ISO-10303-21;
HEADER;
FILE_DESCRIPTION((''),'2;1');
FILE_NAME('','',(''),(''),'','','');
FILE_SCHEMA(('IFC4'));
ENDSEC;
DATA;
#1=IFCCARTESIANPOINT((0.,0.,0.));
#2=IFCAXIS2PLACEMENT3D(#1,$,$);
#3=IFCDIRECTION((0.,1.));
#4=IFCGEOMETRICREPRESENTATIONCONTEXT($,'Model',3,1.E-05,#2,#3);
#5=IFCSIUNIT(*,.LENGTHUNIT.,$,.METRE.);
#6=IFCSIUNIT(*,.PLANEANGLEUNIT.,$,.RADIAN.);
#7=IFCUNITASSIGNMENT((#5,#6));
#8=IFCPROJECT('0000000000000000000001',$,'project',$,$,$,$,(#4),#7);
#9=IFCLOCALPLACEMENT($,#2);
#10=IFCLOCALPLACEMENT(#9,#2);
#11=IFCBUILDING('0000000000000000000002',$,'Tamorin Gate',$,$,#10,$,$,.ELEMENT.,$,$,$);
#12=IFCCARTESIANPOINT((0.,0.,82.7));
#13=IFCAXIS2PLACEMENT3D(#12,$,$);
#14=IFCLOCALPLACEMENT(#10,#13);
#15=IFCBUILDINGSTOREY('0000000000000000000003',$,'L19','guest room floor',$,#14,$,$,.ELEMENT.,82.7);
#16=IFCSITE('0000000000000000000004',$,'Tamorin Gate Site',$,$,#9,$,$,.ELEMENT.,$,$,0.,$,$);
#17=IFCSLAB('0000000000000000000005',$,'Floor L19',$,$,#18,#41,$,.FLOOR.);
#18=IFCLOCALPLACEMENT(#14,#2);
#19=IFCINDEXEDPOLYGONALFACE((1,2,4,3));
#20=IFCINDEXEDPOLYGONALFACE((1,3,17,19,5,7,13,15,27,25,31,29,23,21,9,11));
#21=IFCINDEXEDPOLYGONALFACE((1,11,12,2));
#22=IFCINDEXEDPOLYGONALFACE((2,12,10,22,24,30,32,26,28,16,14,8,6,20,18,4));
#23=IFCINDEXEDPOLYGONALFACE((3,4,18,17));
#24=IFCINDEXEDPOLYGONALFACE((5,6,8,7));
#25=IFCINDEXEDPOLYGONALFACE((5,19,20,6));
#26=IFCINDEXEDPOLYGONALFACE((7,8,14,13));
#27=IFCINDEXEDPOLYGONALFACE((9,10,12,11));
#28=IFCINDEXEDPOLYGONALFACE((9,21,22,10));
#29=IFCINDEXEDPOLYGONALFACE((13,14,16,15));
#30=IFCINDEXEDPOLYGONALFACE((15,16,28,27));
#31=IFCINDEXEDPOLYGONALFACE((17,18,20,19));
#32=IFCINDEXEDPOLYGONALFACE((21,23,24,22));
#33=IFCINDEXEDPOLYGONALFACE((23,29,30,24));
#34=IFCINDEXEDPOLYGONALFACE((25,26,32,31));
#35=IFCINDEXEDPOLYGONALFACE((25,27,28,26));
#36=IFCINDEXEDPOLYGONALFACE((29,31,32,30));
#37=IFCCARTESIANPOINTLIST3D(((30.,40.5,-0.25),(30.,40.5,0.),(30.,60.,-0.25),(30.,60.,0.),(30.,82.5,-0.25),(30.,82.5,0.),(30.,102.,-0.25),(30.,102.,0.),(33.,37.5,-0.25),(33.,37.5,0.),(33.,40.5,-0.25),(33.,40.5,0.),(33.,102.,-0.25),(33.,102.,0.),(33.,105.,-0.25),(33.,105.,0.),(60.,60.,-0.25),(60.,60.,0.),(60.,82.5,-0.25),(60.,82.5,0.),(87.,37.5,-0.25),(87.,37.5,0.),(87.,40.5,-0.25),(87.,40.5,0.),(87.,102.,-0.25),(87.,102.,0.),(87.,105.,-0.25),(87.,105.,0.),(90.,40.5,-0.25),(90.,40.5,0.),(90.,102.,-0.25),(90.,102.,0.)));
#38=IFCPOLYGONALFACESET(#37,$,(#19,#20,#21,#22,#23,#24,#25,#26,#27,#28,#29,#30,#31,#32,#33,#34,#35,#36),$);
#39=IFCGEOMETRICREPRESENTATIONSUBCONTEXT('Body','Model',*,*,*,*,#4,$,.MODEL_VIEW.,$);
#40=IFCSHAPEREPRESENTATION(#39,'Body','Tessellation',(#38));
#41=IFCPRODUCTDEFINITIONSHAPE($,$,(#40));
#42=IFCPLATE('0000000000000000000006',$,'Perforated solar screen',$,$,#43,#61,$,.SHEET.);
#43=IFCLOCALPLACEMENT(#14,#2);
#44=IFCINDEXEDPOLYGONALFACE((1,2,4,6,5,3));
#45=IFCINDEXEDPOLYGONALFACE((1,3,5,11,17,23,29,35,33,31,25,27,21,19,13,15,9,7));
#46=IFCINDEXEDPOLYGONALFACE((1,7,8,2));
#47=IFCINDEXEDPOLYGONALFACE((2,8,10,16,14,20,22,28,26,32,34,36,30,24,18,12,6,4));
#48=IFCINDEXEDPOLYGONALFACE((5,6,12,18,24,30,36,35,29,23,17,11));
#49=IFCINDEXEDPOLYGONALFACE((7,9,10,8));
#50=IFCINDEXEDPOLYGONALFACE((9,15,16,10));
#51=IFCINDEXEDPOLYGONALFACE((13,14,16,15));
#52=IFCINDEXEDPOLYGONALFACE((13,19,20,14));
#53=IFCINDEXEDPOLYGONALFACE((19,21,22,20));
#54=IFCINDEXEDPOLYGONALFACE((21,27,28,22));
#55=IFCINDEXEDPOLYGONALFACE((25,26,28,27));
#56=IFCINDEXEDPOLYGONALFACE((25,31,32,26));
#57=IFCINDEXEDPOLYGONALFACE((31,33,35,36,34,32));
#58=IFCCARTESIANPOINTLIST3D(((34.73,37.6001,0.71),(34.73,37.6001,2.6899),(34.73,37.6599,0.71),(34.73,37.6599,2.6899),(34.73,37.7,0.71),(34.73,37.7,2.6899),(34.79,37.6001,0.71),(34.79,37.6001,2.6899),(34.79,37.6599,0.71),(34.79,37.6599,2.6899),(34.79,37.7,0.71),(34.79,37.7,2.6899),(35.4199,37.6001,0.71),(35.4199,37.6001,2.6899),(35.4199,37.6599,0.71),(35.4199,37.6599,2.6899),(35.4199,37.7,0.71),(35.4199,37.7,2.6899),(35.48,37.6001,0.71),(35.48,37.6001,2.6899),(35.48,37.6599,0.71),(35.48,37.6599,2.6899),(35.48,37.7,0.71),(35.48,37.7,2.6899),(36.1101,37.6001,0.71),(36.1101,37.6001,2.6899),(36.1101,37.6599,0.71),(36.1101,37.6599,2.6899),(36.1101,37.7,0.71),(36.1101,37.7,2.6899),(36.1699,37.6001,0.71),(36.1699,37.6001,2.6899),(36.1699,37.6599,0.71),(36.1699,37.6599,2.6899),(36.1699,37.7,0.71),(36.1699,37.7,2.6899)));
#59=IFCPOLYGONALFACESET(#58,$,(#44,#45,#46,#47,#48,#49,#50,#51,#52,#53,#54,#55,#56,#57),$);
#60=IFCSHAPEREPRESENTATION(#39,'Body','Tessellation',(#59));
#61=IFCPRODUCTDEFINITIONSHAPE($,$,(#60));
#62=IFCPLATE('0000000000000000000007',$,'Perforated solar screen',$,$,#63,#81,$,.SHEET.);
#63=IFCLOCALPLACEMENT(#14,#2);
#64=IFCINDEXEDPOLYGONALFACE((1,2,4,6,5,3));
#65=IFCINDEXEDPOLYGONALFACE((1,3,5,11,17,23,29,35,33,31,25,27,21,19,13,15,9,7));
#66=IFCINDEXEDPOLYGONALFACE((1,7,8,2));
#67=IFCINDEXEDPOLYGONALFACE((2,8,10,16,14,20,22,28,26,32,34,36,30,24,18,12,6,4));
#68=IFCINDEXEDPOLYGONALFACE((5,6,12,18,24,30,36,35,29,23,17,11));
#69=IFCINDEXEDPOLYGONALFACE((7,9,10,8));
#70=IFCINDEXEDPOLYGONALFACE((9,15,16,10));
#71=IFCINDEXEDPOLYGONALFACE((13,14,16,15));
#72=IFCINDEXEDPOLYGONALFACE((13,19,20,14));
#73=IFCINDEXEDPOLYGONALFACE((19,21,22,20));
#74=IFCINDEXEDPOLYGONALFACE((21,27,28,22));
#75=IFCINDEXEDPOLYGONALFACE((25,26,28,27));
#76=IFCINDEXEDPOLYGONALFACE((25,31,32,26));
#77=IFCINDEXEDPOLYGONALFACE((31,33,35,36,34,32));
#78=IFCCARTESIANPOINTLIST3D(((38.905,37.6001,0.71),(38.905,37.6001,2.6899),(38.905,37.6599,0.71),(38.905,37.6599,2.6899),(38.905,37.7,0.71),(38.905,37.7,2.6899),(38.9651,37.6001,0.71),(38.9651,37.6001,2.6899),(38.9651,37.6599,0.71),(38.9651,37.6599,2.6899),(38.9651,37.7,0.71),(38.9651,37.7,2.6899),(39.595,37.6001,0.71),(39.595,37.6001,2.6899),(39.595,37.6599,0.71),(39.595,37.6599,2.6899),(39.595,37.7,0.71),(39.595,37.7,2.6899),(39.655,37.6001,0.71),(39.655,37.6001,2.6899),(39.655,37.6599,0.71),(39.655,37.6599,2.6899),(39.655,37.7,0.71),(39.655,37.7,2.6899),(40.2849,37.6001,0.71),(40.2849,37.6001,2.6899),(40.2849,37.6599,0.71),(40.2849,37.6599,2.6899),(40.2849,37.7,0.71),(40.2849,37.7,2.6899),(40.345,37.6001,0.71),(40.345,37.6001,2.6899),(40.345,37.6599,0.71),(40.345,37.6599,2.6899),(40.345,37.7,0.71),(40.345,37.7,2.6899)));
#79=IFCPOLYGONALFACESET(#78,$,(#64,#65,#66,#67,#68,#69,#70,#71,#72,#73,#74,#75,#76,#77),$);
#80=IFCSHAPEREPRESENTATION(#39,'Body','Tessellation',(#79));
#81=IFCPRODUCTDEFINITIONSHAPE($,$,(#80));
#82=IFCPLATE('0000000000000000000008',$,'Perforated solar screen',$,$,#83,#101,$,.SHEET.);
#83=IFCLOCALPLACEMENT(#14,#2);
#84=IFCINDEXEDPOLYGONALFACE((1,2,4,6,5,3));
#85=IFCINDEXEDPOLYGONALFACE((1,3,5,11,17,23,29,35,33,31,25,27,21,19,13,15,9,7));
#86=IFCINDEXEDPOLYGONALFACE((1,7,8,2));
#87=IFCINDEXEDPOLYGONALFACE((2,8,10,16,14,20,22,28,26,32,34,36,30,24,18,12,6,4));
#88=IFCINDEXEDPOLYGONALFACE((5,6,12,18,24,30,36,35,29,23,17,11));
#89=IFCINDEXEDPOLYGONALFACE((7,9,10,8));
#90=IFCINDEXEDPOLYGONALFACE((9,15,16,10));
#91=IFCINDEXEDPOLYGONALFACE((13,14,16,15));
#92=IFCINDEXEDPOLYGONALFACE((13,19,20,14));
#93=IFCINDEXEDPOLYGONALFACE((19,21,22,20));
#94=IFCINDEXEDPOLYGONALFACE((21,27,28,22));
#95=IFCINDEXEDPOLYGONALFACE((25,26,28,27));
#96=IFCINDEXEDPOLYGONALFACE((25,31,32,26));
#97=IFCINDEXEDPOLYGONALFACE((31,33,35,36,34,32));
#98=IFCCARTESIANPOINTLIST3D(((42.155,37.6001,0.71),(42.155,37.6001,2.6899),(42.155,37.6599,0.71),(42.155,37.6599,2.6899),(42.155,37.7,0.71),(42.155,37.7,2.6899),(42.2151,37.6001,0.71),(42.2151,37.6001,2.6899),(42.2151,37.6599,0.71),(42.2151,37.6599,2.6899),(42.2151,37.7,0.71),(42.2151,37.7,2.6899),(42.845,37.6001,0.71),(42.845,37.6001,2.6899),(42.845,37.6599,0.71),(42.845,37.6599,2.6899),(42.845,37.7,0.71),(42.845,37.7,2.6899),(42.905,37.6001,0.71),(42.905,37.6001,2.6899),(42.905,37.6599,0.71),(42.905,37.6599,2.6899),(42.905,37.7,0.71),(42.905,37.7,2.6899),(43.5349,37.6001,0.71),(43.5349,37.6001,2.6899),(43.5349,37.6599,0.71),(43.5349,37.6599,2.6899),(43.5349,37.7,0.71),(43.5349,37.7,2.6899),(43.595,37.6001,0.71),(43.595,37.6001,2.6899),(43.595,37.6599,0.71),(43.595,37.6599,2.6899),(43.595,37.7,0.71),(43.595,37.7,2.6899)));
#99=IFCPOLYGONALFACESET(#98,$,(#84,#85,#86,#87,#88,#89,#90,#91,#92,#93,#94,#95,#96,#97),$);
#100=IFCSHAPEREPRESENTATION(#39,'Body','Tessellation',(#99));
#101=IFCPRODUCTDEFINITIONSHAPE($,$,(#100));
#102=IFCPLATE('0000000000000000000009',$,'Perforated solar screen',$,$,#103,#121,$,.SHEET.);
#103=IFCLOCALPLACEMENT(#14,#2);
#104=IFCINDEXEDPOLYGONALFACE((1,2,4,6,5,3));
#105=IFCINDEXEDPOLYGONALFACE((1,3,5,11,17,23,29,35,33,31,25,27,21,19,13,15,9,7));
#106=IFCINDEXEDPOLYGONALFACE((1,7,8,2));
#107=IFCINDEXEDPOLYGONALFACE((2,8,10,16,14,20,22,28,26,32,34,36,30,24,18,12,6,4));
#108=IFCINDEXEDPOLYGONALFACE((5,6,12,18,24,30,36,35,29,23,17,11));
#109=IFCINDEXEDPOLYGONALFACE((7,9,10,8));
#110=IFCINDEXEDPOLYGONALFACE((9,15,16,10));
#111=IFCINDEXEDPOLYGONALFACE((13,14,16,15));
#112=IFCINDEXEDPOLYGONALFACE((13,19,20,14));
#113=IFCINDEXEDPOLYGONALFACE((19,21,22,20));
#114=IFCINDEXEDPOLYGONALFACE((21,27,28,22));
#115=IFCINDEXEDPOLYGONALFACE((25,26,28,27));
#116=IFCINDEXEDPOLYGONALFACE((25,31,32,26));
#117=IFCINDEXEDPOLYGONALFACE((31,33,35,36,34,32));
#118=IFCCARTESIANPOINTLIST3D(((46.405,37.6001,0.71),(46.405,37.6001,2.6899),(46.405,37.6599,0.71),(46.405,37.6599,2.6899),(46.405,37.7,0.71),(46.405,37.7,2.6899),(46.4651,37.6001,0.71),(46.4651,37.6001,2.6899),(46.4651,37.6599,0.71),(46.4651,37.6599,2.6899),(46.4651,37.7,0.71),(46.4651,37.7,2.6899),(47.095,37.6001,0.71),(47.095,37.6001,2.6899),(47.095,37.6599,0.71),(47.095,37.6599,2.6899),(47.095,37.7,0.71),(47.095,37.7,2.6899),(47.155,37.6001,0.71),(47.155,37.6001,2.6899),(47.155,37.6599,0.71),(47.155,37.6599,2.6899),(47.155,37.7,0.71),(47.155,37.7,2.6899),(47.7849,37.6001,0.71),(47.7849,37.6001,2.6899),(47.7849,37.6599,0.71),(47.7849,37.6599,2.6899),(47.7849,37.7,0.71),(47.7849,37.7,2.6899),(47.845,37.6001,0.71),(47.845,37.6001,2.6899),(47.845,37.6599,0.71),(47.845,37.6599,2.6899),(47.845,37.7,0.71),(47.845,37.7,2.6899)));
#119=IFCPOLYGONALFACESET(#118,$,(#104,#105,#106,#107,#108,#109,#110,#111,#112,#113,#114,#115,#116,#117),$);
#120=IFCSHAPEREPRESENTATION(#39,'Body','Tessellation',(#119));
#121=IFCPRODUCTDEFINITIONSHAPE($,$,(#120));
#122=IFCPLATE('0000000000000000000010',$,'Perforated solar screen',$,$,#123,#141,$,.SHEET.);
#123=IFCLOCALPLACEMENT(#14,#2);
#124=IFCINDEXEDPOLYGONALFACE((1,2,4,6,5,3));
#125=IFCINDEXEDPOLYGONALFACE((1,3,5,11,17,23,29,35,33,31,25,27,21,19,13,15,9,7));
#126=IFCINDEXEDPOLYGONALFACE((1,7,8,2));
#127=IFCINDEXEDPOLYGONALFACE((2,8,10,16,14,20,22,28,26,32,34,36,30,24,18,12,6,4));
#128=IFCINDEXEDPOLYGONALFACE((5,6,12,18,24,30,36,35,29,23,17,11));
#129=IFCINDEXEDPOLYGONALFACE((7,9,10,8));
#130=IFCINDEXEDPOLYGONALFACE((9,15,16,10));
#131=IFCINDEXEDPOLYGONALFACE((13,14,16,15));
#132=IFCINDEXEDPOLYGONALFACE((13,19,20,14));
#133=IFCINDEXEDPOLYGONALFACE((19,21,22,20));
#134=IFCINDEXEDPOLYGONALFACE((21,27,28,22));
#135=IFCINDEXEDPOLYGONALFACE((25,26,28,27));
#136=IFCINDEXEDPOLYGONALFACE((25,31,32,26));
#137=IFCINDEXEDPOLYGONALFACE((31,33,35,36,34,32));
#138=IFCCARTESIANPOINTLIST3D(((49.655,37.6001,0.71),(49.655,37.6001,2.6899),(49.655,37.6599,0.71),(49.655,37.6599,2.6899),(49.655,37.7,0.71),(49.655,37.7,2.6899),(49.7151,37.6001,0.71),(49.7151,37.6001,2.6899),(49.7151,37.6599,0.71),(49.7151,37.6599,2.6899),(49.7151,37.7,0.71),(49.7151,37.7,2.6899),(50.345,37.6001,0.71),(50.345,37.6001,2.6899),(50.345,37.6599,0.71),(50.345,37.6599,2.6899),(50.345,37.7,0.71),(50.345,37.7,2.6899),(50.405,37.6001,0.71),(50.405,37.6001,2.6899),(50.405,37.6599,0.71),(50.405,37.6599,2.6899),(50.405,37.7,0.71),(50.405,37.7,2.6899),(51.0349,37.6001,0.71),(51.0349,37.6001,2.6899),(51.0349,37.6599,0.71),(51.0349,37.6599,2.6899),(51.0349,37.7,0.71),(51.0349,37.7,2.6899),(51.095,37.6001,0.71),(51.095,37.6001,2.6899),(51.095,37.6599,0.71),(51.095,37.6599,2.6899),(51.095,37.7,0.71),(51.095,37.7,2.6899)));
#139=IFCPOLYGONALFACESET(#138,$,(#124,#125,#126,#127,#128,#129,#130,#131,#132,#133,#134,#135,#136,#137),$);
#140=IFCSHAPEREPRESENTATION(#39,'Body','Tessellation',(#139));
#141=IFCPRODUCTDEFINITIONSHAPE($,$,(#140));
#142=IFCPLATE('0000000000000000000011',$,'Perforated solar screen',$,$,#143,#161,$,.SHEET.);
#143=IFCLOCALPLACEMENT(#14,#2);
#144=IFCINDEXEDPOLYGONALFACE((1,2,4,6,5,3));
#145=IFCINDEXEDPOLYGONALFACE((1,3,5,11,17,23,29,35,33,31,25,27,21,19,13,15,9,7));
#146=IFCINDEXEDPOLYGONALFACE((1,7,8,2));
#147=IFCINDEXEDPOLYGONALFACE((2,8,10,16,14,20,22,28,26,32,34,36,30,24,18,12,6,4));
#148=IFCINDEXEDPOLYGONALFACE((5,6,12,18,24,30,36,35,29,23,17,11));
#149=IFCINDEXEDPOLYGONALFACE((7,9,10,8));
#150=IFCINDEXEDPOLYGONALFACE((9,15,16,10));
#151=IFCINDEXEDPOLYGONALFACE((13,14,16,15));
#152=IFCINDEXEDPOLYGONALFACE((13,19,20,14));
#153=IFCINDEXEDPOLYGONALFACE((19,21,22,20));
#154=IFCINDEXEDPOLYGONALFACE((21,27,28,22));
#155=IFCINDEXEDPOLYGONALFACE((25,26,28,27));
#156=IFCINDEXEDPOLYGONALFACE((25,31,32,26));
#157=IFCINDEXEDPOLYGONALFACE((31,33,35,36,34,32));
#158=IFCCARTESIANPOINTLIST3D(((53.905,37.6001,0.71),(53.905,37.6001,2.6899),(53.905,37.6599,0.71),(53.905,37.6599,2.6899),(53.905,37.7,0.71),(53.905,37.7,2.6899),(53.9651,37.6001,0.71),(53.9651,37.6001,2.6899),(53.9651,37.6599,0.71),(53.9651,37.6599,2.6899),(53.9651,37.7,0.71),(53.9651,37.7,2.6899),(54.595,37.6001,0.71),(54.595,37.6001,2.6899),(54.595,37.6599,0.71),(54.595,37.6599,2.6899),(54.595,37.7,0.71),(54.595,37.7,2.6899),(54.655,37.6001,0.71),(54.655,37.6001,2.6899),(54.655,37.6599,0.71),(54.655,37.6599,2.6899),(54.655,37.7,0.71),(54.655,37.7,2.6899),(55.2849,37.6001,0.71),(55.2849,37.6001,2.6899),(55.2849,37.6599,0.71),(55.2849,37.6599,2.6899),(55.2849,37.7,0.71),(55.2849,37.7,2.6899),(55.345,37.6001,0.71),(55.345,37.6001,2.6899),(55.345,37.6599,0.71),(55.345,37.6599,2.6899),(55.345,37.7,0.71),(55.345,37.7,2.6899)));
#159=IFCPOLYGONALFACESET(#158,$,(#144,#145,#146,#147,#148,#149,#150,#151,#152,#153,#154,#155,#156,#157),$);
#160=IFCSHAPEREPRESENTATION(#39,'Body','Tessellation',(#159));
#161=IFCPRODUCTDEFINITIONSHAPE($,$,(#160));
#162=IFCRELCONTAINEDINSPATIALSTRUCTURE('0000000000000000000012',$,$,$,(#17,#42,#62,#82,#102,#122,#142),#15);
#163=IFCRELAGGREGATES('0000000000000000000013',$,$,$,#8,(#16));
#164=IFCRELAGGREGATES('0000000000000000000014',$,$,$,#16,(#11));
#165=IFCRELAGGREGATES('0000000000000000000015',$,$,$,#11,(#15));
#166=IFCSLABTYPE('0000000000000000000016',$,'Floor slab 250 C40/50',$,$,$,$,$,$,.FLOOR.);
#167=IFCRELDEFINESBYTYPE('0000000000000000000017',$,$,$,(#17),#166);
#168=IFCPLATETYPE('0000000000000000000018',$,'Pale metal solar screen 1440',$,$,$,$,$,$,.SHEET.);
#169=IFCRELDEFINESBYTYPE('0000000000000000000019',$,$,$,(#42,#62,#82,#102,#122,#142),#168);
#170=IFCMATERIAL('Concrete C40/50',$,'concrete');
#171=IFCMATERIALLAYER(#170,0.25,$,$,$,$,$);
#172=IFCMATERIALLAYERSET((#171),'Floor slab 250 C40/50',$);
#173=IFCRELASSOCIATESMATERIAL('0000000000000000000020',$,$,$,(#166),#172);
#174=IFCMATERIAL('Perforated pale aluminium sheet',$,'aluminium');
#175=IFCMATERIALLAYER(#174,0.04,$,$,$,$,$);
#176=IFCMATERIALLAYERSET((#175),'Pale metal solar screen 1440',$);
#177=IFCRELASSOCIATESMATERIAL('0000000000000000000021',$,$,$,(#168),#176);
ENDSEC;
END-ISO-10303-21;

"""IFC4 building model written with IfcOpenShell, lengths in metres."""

from ifc_helpers import new_model, si_unit, direction, frame, origin, place, context, subcontext, project, spatial, polyline, outline, extrude, material, layer, layer_set, type_object, element, save


model = new_model("IFC4")

# Units and contexts
model_context = context("Model", 3, precision=1e-05, world=origin(), true_north=direction((0.0, 1.0)))
body_context = subcontext(model_context, "Body", "Model", "MODEL_VIEW")
ifc_project = project(units=[si_unit("LENGTHUNIT", "METRE"), si_unit("PLANEANGLEUNIT", "RADIAN")], contexts=[model_context])

# Site, building, storey
site_placement = place(None, origin())
site = spatial("IfcSite", under=ifc_project, at=site_placement, Name="Tamorin Gate Site", CompositionType="ELEMENT", RefElevation=0.0)
building_placement = place(site_placement, origin())
building = spatial("IfcBuilding", under=site, at=building_placement, Name="Tamorin Gate", CompositionType="ELEMENT")
storey_placement = place(building_placement, frame((0.0, 0.0, 82.7)))
storey = spatial("IfcBuildingStorey", under=building, at=storey_placement, Name="L19", Description="guest room floor", CompositionType="ELEMENT", Elevation=82.7)

# Slab
ifc_material_1 = material(Name="Concrete C40/50", Category="concrete")
ifc_layer_1 = layer(ifc_material_1, 0.25)
ifc_layer_set_1 = layer_set([ifc_layer_1], Name="Floor slab 250 C40/50")
slab_type = type_object("IfcSlabType", Name="Floor slab 250 C40/50", PredefinedType="FLOOR", material=ifc_layer_set_1)
slab_placement = place(storey_placement, frame((0.0, 0.0, -0.25)))
element("IfcSlab", 1, at=slab_placement, inside=storey, type_object=slab_type, Name="Floor L19", PredefinedType="FLOOR", context=body_context, shape_type="SweptSolid", body=[
    extrude(outline(polyline([(30.0, 102.0), (33.0, 102.0), (33.0, 105.0), (87.0, 105.0), (87.0, 102.0), (90.0, 102.0), (90.0, 40.5), (87.0, 40.5), (87.0, 37.5), (33.0, 37.5), (33.0, 40.5), (30.0, 40.5), (30.0, 60.0), (60.0, 60.0), (60.0, 82.5), (30.0, 82.5), (30.0, 102.0)])), origin(), (0.0, 0.0, 1.0), 0.25),
])

# Plates
ifc_material_2 = material(Name="Perforated pale aluminium sheet", Category="aluminium")
ifc_layer_2 = layer(ifc_material_2, 0.04)
ifc_layer_set_2 = layer_set([ifc_layer_2], Name="Pale metal solar screen 1440")
plate_type = type_object("IfcPlateType", Name="Pale metal solar screen 1440", PredefinedType="SHEET", material=ifc_layer_set_2)
plate_1_placement = place(storey_placement, frame((0.0, 0.0, 0.71)))
element("IfcPlate", 2, at=plate_1_placement, inside=storey, type_object=plate_type, Name="Perforated solar screen", PredefinedType="SHEET", context=body_context, shape_type="SweptSolid", body=[
    extrude(outline(polyline([(34.73, 37.6599), (34.73, 37.7), (34.79, 37.7), (35.4199, 37.7), (35.48, 37.7), (36.1101, 37.7), (36.1699, 37.7), (36.1699, 37.6599), (36.1699, 37.6001), (36.1101, 37.6001), (36.1101, 37.6599), (35.48, 37.6599), (35.48, 37.6001), (35.4199, 37.6001), (35.4199, 37.6599), (34.79, 37.6599), (34.79, 37.6001), (34.73, 37.6001), (34.73, 37.6599)])), origin(), (0.0, 0.0, 1.0), 1.98),
])
plate_2_placement = place(storey_placement, frame((0.0, 0.0, 0.71)))
element("IfcPlate", 3, at=plate_2_placement, inside=storey, type_object=plate_type, Name="Perforated solar screen", PredefinedType="SHEET", context=body_context, shape_type="SweptSolid", body=[
    extrude(outline(polyline([(38.905, 37.6599), (38.905, 37.7), (38.9651, 37.7), (39.595, 37.7), (39.655, 37.7), (40.2849, 37.7), (40.345, 37.7), (40.345, 37.7), (40.345, 37.6599), (40.345, 37.6599), (40.345, 37.6001), (40.2849, 37.6001), (40.2849, 37.6599), (39.655, 37.6599), (39.655, 37.6001), (39.595, 37.6001), (39.595, 37.6599), (38.9651, 37.6599), (38.9651, 37.6001), (38.905, 37.6001), (38.905, 37.6599)])), origin(), (0.0, 0.0, 1.0), 1.98),
])
plate_3_placement = place(storey_placement, frame((0.0, 0.0, 0.71)))
element("IfcPlate", 4, at=plate_3_placement, inside=storey, type_object=plate_type, Name="Perforated solar screen", PredefinedType="SHEET", context=body_context, shape_type="SweptSolid", body=[
    extrude(outline(polyline([(42.155, 37.6599), (42.155, 37.7), (42.2151, 37.7), (42.845, 37.7), (42.905, 37.7), (43.5349, 37.7), (43.595, 37.7), (43.595, 37.6599), (43.595, 37.6001), (43.5349, 37.6001), (43.5349, 37.6599), (42.905, 37.6599), (42.905, 37.6001), (42.845, 37.6001), (42.845, 37.6599), (42.2151, 37.6599), (42.2151, 37.6001), (42.155, 37.6001), (42.155, 37.6599)])), origin(), (0.0, 0.0, 1.0), 1.98),
])
plate_4_placement = place(storey_placement, frame((0.0, 0.0, 0.71)))
element("IfcPlate", 5, at=plate_4_placement, inside=storey, type_object=plate_type, Name="Perforated solar screen", PredefinedType="SHEET", context=body_context, shape_type="SweptSolid", body=[
    extrude(outline(polyline([(46.405, 37.6599), (46.405, 37.7), (46.4651, 37.7), (47.095, 37.7), (47.155, 37.7), (47.7849, 37.7), (47.845, 37.7), (47.845, 37.6599), (47.845, 37.6001), (47.7849, 37.6001), (47.7849, 37.6599), (47.155, 37.6599), (47.155, 37.6001), (47.095, 37.6001), (47.095, 37.6599), (46.4651, 37.6599), (46.4651, 37.6001), (46.405, 37.6001), (46.405, 37.6599)])), origin(), (0.0, 0.0, 1.0), 1.98),
])
plate_5_placement = place(storey_placement, frame((0.0, 0.0, 0.71)))
element("IfcPlate", 6, at=plate_5_placement, inside=storey, type_object=plate_type, Name="Perforated solar screen", PredefinedType="SHEET", context=body_context, shape_type="SweptSolid", body=[
    extrude(outline(polyline([(49.655, 37.6599), (49.655, 37.7), (49.7151, 37.7), (50.345, 37.7), (50.405, 37.7), (51.0349, 37.7), (51.095, 37.7), (51.095, 37.6599), (51.095, 37.6001), (51.0349, 37.6001), (51.0349, 37.6599), (50.405, 37.6599), (50.405, 37.6001), (50.345, 37.6001), (50.345, 37.6599), (49.7151, 37.6599), (49.7151, 37.6001), (49.655, 37.6001), (49.655, 37.6599)])), origin(), (0.0, 0.0, 1.0), 1.98),
])
plate_6_placement = place(storey_placement, frame((0.0, 0.0, 0.71)))
element("IfcPlate", 7, at=plate_6_placement, inside=storey, type_object=plate_type, Name="Perforated solar screen", PredefinedType="SHEET", context=body_context, shape_type="SweptSolid", body=[
    extrude(outline(polyline([(53.905, 37.6599), (53.905, 37.7), (53.9651, 37.7), (54.595, 37.7), (54.655, 37.7), (55.2849, 37.7), (55.345, 37.7), (55.345, 37.6599), (55.345, 37.6001), (55.2849, 37.6001), (55.2849, 37.6599), (54.655, 37.6599), (54.655, 37.6001), (54.595, 37.6001), (54.595, 37.6599), (53.9651, 37.6599), (53.9651, 37.6001), (53.905, 37.6001), (53.905, 37.6599)])), origin(), (0.0, 0.0, 1.0), 1.98),
])

save(model, "model.ifc")
